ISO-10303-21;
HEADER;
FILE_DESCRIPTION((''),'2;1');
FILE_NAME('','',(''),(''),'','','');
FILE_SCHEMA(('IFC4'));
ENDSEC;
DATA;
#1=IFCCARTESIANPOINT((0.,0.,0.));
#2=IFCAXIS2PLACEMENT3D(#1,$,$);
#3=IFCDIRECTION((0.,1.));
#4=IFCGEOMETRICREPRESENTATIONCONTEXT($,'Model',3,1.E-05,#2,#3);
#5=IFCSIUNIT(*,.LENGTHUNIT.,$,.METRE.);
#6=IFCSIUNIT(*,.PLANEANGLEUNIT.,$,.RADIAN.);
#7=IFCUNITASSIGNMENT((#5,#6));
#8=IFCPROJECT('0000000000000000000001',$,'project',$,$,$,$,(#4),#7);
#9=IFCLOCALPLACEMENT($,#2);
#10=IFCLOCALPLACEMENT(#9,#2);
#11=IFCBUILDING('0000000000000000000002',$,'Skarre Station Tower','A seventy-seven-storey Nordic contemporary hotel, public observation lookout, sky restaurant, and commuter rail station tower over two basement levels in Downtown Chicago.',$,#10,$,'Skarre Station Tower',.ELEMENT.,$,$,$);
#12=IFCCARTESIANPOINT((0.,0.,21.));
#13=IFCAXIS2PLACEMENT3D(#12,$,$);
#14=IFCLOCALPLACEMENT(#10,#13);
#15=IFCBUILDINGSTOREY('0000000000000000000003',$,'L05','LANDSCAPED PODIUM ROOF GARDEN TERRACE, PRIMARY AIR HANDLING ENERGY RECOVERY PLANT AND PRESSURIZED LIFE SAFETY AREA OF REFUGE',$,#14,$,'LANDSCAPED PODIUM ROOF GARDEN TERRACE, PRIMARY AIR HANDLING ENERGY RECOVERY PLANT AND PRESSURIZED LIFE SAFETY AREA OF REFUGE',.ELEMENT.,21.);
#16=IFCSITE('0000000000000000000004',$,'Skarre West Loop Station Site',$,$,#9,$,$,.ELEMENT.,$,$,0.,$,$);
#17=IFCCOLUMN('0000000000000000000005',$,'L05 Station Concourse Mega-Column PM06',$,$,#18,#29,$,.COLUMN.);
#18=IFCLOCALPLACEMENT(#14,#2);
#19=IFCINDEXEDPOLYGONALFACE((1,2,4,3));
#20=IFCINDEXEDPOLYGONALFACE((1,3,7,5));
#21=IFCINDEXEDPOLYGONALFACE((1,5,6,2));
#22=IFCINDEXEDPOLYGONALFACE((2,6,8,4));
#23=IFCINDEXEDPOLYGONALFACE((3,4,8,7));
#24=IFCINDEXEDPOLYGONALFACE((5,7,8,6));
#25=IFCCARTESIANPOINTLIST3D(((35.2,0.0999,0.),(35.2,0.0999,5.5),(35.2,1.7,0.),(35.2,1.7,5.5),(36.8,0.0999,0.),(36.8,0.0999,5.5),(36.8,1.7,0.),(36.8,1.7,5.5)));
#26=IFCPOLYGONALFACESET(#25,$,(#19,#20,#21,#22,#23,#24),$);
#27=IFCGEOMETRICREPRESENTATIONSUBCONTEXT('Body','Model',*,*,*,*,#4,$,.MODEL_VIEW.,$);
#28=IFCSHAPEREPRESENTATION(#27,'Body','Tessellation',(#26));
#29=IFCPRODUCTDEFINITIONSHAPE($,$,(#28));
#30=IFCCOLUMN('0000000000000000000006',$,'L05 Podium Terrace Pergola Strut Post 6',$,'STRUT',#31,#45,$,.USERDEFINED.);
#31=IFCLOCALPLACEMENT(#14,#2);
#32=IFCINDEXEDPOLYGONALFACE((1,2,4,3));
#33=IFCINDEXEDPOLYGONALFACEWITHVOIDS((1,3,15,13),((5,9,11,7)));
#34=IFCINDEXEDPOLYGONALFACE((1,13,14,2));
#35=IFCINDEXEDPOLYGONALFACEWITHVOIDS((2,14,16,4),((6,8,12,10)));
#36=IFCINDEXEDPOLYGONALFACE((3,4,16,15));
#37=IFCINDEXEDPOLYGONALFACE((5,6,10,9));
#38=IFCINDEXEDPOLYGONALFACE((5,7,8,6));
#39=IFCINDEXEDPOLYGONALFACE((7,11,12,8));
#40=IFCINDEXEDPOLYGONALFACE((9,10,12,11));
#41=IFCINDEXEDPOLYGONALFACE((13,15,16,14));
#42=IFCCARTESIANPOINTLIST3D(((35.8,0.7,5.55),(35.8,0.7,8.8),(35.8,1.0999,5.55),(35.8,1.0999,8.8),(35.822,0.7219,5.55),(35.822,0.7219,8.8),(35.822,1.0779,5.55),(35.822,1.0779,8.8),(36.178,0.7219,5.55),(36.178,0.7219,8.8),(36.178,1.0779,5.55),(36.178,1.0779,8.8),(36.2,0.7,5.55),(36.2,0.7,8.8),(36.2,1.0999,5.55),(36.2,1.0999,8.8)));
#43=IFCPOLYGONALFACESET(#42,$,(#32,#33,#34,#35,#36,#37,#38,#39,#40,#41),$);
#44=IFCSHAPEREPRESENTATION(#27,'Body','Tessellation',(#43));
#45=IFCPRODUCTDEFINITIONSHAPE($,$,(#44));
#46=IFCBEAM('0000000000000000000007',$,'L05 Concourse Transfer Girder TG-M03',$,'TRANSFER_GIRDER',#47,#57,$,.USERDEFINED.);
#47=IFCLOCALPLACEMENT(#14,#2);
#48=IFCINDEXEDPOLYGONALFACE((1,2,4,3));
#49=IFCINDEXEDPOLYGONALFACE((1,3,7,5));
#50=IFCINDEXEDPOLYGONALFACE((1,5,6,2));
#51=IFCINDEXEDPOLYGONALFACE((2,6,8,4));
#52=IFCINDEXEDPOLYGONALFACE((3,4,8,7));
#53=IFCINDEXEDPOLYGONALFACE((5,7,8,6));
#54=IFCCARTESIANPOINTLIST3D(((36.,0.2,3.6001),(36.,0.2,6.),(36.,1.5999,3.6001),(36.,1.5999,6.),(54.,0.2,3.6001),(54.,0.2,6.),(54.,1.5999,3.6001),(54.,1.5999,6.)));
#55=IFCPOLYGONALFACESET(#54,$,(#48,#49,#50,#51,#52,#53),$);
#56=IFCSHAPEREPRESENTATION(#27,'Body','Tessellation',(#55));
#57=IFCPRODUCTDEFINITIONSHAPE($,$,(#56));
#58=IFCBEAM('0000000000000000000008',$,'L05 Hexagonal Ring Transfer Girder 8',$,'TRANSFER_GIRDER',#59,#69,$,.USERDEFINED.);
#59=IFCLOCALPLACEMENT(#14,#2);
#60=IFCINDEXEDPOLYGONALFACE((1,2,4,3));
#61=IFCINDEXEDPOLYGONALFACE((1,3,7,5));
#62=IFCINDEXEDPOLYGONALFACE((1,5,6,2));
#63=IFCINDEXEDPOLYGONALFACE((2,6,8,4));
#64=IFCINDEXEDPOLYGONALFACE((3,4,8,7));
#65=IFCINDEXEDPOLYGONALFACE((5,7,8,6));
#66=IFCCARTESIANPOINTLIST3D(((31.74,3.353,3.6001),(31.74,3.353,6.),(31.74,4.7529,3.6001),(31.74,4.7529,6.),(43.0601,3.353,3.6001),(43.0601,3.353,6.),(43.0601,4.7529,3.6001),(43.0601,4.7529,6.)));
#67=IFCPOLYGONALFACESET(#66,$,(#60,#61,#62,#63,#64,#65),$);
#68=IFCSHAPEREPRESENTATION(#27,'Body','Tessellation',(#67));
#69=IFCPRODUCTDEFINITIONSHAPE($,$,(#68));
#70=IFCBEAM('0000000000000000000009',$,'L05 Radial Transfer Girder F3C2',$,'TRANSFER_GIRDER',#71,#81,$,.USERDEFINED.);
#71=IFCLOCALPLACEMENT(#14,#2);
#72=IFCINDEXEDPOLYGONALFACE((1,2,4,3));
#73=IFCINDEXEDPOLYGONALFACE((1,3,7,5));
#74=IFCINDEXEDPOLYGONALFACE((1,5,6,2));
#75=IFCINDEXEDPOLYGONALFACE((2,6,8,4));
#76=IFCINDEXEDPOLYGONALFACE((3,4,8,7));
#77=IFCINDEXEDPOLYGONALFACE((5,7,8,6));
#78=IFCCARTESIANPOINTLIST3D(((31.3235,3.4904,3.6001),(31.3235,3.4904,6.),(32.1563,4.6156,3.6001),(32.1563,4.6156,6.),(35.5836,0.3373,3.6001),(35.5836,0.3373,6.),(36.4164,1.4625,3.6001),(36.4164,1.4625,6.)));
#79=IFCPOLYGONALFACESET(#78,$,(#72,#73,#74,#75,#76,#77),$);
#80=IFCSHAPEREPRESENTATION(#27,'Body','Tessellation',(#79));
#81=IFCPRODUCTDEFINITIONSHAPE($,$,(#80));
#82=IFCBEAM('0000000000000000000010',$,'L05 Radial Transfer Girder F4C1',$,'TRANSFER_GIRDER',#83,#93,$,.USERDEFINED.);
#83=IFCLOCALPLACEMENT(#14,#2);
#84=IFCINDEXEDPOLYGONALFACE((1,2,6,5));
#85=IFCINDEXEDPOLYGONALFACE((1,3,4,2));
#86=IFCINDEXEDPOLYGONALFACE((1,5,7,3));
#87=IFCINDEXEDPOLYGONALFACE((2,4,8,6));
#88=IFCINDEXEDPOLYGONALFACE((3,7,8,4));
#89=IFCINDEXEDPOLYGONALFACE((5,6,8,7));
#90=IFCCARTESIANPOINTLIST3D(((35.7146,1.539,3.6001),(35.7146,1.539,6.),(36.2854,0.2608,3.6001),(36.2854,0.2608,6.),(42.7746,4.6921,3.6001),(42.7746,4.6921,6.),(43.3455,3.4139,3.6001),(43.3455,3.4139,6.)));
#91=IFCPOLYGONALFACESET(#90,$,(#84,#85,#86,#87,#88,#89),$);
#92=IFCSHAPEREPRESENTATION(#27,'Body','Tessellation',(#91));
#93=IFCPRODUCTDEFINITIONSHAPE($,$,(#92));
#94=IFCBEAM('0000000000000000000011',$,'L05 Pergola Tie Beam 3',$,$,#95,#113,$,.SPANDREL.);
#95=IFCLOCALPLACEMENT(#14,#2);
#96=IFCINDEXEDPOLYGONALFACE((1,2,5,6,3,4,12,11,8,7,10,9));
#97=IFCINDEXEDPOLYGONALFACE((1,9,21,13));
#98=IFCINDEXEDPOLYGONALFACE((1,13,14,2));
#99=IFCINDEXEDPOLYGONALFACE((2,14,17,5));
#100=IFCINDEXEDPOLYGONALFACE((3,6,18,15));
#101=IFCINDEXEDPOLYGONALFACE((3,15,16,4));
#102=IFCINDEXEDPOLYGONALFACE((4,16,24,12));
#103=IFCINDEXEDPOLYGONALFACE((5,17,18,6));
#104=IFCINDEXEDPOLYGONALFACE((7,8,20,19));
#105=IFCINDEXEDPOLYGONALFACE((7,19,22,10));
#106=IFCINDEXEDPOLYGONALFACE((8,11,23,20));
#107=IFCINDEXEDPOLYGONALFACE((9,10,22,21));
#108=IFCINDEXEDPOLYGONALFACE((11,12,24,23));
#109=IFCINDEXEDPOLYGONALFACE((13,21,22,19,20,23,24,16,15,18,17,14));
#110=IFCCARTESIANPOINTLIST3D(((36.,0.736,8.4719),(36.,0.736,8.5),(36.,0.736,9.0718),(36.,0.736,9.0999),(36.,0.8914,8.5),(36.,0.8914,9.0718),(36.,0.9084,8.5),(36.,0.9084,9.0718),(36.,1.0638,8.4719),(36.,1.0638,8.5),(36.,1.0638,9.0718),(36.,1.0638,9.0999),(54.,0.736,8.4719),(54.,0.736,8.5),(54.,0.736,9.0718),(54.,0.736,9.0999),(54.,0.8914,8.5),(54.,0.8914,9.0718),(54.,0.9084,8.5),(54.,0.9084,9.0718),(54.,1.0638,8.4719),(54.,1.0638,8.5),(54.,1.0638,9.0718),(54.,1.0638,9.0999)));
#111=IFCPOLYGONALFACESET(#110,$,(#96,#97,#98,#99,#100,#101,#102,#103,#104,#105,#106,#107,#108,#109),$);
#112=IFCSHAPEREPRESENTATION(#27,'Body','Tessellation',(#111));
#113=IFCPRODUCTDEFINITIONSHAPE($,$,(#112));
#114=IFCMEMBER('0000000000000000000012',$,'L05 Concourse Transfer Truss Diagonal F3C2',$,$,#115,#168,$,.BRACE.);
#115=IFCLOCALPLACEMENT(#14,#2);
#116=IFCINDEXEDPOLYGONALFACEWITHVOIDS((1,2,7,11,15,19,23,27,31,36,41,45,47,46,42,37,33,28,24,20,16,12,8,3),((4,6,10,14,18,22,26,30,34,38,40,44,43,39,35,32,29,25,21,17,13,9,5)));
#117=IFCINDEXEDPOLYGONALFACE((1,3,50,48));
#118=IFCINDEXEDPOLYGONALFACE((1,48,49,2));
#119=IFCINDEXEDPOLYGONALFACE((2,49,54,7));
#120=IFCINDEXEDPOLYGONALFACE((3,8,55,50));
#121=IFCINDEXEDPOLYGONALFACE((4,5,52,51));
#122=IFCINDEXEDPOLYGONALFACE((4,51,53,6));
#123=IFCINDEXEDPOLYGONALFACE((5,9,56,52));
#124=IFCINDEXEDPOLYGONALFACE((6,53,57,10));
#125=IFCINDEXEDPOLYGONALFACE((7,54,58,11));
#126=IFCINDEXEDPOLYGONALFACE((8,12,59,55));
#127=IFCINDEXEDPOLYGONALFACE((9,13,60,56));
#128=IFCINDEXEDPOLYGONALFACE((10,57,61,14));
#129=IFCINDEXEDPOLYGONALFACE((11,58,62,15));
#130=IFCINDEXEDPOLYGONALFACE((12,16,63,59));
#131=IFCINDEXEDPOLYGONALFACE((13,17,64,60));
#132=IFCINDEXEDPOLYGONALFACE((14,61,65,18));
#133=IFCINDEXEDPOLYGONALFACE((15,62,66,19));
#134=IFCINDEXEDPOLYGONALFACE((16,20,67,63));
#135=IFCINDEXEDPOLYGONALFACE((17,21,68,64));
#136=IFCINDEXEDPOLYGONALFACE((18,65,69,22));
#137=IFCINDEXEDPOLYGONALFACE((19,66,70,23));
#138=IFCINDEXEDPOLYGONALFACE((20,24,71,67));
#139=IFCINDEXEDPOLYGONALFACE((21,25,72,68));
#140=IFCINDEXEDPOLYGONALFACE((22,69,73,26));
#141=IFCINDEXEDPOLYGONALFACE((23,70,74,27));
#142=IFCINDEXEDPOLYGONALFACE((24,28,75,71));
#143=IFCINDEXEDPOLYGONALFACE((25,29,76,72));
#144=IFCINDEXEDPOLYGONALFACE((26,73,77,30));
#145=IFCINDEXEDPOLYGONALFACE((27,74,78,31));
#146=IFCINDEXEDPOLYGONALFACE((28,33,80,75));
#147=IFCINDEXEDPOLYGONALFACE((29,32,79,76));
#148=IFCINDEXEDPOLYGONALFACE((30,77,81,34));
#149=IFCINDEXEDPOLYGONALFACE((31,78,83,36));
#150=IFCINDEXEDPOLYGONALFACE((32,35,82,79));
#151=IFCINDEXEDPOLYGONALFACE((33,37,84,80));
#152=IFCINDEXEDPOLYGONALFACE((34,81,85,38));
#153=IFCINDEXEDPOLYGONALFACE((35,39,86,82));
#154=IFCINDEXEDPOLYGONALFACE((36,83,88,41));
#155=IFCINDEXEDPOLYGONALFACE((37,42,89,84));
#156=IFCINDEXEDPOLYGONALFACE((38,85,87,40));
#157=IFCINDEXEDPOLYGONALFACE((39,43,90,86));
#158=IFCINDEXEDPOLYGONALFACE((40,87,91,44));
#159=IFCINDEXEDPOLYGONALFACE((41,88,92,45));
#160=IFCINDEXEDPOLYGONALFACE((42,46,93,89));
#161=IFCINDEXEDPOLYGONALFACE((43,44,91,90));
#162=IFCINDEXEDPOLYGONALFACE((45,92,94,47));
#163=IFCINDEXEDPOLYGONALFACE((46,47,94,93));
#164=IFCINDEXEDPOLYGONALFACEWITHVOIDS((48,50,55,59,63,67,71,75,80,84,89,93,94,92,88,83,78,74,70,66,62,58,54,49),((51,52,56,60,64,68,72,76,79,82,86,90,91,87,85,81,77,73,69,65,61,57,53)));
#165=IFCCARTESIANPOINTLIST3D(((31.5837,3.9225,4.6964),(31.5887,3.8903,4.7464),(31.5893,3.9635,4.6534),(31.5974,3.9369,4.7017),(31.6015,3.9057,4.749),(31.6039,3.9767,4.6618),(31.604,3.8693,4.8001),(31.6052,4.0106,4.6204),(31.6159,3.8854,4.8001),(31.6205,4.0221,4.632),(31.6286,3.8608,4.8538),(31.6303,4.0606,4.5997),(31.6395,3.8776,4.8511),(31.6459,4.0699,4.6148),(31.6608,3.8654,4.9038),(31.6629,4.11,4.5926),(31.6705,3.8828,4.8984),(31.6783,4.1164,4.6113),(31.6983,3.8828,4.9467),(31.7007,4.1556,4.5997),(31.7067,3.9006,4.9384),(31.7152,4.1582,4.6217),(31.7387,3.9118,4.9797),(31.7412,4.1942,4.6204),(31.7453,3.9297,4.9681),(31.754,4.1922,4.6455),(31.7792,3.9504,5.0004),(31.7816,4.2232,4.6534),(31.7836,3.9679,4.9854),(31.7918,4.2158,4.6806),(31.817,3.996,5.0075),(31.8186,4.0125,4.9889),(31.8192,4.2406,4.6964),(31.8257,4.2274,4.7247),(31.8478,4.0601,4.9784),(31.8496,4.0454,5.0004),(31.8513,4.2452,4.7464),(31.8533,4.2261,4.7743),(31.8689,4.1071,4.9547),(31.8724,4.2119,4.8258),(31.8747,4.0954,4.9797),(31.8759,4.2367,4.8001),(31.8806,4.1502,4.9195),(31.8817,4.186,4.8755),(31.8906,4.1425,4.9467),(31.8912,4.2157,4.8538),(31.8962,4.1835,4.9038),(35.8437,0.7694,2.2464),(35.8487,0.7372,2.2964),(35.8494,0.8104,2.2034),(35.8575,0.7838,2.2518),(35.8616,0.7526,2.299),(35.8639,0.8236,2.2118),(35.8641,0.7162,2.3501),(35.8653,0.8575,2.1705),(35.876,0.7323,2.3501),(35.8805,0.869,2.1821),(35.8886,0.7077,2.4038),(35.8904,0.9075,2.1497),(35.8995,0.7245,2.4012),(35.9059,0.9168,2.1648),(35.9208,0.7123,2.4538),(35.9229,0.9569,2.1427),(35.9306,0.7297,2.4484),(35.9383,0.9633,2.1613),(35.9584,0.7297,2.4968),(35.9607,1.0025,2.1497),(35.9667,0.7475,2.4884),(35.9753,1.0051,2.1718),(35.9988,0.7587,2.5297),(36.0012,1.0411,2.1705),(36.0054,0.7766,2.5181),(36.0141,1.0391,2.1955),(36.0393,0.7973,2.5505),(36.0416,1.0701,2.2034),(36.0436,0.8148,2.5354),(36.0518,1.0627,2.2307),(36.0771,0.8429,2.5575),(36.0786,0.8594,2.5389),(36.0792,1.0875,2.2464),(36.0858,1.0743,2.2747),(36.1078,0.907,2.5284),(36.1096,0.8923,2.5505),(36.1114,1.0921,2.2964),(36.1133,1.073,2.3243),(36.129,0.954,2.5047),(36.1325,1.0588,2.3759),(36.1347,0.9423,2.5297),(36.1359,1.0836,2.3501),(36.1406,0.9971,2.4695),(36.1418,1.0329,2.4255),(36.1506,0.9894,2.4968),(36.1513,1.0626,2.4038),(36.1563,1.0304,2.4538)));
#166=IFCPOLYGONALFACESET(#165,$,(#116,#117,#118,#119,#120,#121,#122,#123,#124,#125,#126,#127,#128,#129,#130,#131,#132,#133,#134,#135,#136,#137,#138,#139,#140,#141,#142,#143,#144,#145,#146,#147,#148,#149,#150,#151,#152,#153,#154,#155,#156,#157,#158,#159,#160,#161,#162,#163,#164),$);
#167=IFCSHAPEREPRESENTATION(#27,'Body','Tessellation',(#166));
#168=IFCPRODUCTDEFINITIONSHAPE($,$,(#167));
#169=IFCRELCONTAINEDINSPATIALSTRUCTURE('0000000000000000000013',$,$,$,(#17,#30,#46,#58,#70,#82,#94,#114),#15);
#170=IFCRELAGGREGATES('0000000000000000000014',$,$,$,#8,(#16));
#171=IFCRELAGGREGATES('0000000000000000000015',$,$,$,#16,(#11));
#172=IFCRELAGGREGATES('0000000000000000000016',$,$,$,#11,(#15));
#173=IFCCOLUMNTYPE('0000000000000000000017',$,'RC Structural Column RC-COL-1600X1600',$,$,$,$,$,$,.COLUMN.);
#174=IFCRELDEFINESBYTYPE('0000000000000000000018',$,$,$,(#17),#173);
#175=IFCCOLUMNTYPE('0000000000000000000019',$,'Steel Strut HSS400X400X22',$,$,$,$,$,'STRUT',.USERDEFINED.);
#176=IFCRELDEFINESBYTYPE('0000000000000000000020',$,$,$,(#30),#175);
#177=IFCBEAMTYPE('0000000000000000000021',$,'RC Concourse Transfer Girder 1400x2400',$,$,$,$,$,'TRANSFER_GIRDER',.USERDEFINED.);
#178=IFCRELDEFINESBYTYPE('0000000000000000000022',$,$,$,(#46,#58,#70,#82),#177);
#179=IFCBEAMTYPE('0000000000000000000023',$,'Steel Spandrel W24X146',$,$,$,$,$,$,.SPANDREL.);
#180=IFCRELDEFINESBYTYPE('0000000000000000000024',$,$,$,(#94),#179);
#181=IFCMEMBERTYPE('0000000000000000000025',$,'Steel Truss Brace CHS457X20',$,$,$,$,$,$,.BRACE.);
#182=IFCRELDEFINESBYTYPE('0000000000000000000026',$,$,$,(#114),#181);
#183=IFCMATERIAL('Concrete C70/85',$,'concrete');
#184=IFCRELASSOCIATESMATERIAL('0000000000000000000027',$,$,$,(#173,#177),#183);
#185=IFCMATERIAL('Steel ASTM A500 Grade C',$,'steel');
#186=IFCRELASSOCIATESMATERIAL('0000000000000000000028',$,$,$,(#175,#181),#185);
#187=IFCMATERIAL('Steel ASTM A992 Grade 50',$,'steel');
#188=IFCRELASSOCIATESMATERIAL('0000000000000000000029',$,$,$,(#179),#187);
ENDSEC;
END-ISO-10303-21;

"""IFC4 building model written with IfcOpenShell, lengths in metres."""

from ifc_helpers import new_model, si_unit, direction, frame, origin, origin_2d, place, context, subcontext, project, spatial, rectangle, hollow_rectangle, hollow_circle, i_section, extrude, material, material_profile, profile_set, type_object, element, save


model = new_model("IFC4")

# Units and contexts
model_context = context("Model", 3, precision=1e-05, world=origin(), true_north=direction((0.0, 1.0)))
body_context = subcontext(model_context, "Body", "Model", "MODEL_VIEW")
ifc_project = project(units=[si_unit("LENGTHUNIT", "METRE"), si_unit("PLANEANGLEUNIT", "RADIAN")], contexts=[model_context])

# Site, building, storey
site_placement = place(None, origin())
site = spatial("IfcSite", under=ifc_project, at=site_placement, Name="Skarre West Loop Station Site", CompositionType="ELEMENT", RefElevation=0.0)
building_placement = place(site_placement, origin())
building = spatial("IfcBuilding", under=site, at=building_placement, Name="Skarre Station Tower", Description="A seventy-seven-storey Nordic contemporary hotel, public observation lookout, sky restaurant, and commuter rail station tower over two basement levels in Downtown Chicago.", LongName="Skarre Station Tower", CompositionType="ELEMENT")
storey_placement = place(building_placement, frame((0.0, 0.0, 21.0)))
storey = spatial("IfcBuildingStorey", under=building, at=storey_placement, Name="L05", Description="LANDSCAPED PODIUM ROOF GARDEN TERRACE, PRIMARY AIR HANDLING ENERGY RECOVERY PLANT AND PRESSURIZED LIFE SAFETY AREA OF REFUGE", LongName="LANDSCAPED PODIUM ROOF GARDEN TERRACE, PRIMARY AIR HANDLING ENERGY RECOVERY PLANT AND PRESSURIZED LIFE SAFETY AREA OF REFUGE", CompositionType="ELEMENT", Elevation=21.0)

# Columns
ifc_material_1 = material(Name="Concrete C70/85", Category="concrete")
ifc_material_profile_1 = material_profile(ifc_material_1, rectangle(XDim=1.6001, YDim=1.6001, at=origin_2d()), Name="Concrete C70/85")
ifc_profile_set_1 = profile_set([ifc_material_profile_1], Name="Concrete C70/85")
column_type_1 = type_object("IfcColumnType", Name="RC Structural Column RC-COL-1600X1600", PredefinedType="COLUMN", material=ifc_profile_set_1)
column_1_placement = place(storey_placement, frame((36.0, 0.8999, 0.0), z_axis=(0.0, 0.0, 1.0), x_axis=(1.0, 0.0, 0.0)))
element("IfcColumn", 1, at=column_1_placement, inside=storey, type_object=column_type_1, Name="L05 Station Concourse Mega-Column PM06", PredefinedType="COLUMN", context=body_context, shape_type="SweptSolid", body=[
    extrude(rectangle(XDim=1.6001, YDim=1.6001, at=origin_2d()), origin(), (0.0, 0.0, 1.0), 5.5),
])
ifc_material_2 = material(Name="Steel ASTM A500 Grade C", Category="steel")
ifc_material_profile_2 = material_profile(ifc_material_2, hollow_rectangle(XDim=0.3999, YDim=0.3999, WallThickness=0.022, at=origin_2d()), Name="Steel ASTM A500 Grade C")
ifc_profile_set_2 = profile_set([ifc_material_profile_2], Name="Steel ASTM A500 Grade C")
column_type_2 = type_object("IfcColumnType", Name="Steel Strut HSS400X400X22", ElementType="STRUT", PredefinedType="USERDEFINED", material=ifc_profile_set_2)
column_2_placement = place(storey_placement, frame((36.0, 0.8999, 5.55), z_axis=(0.0, 0.0, 1.0), x_axis=(1.0, 0.0, 0.0)))
element("IfcColumn", 2, at=column_2_placement, inside=storey, type_object=column_type_2, Name="L05 Podium Terrace Pergola Strut Post 6", ObjectType="STRUT", PredefinedType="USERDEFINED", context=body_context, shape_type="SweptSolid", body=[
    extrude(hollow_rectangle(XDim=0.3999, YDim=0.3999, WallThickness=0.022, at=origin_2d()), origin(), (0.0, 0.0, 1.0), 3.25),
])

# Beams
ifc_material_profile_3 = material_profile(ifc_material_1, rectangle(XDim=1.3999, YDim=2.3999, at=origin_2d()), Name="Concrete C70/85")
ifc_profile_set_3 = profile_set([ifc_material_profile_3], Name="Concrete C70/85")
beam_type_1 = type_object("IfcBeamType", Name="RC Concourse Transfer Girder 1400x2400", ElementType="TRANSFER_GIRDER", PredefinedType="USERDEFINED", material=ifc_profile_set_3)
beam_1_placement = place(storey_placement, frame((36.0, 0.8999, 4.8), z_axis=(1.0, 0.0, 0.0), x_axis=(0.0, 1.0, 0.0)))
element("IfcBeam", 3, at=beam_1_placement, inside=storey, type_object=beam_type_1, Name="L05 Concourse Transfer Girder TG-M03", ObjectType="TRANSFER_GIRDER", PredefinedType="USERDEFINED", context=body_context, shape_type="SweptSolid", body=[
    extrude(rectangle(XDim=1.3999, YDim=2.3999, at=origin_2d()), origin(), (0.0, 0.0, 1.0), 18.0),
])
beam_2_placement = place(storey_placement, frame((31.74, 4.053, 4.8), z_axis=(1.0, 0.0, 0.0), x_axis=(0.0, 1.0, 0.0)))
element("IfcBeam", 4, at=beam_2_placement, inside=storey, type_object=beam_type_1, Name="L05 Hexagonal Ring Transfer Girder 8", ObjectType="TRANSFER_GIRDER", PredefinedType="USERDEFINED", context=body_context, shape_type="SweptSolid", body=[
    extrude(rectangle(XDim=1.3999, YDim=2.3999, at=origin_2d()), origin(), (0.0, 0.0, 1.0), 11.3201),
])
beam_3_placement = place(storey_placement, frame((36.0, 0.8999, 4.8), z_axis=(-0.803782, 0.594925, 0.0), x_axis=(-0.594925, -0.803782, 0.0)))
element("IfcBeam", 5, at=beam_3_placement, inside=storey, type_object=beam_type_1, Name="L05 Radial Transfer Girder F3C2", ObjectType="TRANSFER_GIRDER", PredefinedType="USERDEFINED", context=body_context, shape_type="SweptSolid", body=[
    extrude(rectangle(XDim=1.3999, YDim=2.3999, at=origin_2d()), origin(), (0.0, 0.0, 1.0), 5.3),
])
beam_4_placement = place(storey_placement, frame((36.0, 0.8999, 4.8), z_axis=(0.913077, 0.407787, 0.0), x_axis=(-0.407787, 0.913077, 0.0)))
element("IfcBeam", 6, at=beam_4_placement, inside=storey, type_object=beam_type_1, Name="L05 Radial Transfer Girder F4C1", ObjectType="TRANSFER_GIRDER", PredefinedType="USERDEFINED", context=body_context, shape_type="SweptSolid", body=[
    extrude(rectangle(XDim=1.3999, YDim=2.3999, at=origin_2d()), origin(), (0.0, 0.0, 1.0), 7.7322),
])
ifc_material_3 = material(Name="Steel ASTM A992 Grade 50", Category="steel")
ifc_material_profile_4 = material_profile(ifc_material_3, i_section(OverallWidth=0.3279, OverallDepth=0.6279, WebThickness=0.0171, FlangeThickness=0.0281, at=origin_2d()), Name="Steel ASTM A992 Grade 50")
ifc_profile_set_4 = profile_set([ifc_material_profile_4], Name="Steel ASTM A992 Grade 50")
beam_type_2 = type_object("IfcBeamType", Name="Steel Spandrel W24X146", PredefinedType="SPANDREL", material=ifc_profile_set_4)
beam_5_placement = place(storey_placement, frame((36.0, 0.8999, 8.7859), z_axis=(1.0, 0.0, 0.0), x_axis=(0.0, 1.0, 0.0)))
element("IfcBeam", 7, at=beam_5_placement, inside=storey, type_object=beam_type_2, Name="L05 Pergola Tie Beam 3", PredefinedType="SPANDREL", context=body_context, shape_type="SweptSolid", body=[
    extrude(i_section(OverallWidth=0.3279, OverallDepth=0.6279, WebThickness=0.0171, FlangeThickness=0.0281, at=origin_2d()), origin(), (0.0, 0.0, 1.0), 18.0),
])

# Member
ifc_material_profile_5 = material_profile(ifc_material_2, hollow_circle(Radius=0.2285, WallThickness=0.02, at=origin_2d()), Name="Steel ASTM A500 Grade C")
ifc_profile_set_5 = profile_set([ifc_material_profile_5], Name="Steel ASTM A500 Grade C")
member_type_1 = type_object("IfcMemberType", Name="Steel Truss Brace CHS457X20", PredefinedType="BRACE", material=ifc_profile_set_5)
member_1_placement = place(storey_placement, frame((36.0, 0.8999, 2.3501), z_axis=(-0.729601, 0.540019, 0.419597), x_axis=(-0.594925, -0.803782, 0.0)))
element("IfcMember", 8, at=member_1_placement, inside=storey, type_object=member_type_1, Name="L05 Concourse Transfer Truss Diagonal F3C2", PredefinedType="BRACE", context=body_context, shape_type="SweptSolid", body=[
    extrude(hollow_circle(Radius=0.2285, WallThickness=0.02, at=origin_2d()), origin(), (0.0, 0.0, 1.0), 5.8389),
])

save(model, "model.ifc")
